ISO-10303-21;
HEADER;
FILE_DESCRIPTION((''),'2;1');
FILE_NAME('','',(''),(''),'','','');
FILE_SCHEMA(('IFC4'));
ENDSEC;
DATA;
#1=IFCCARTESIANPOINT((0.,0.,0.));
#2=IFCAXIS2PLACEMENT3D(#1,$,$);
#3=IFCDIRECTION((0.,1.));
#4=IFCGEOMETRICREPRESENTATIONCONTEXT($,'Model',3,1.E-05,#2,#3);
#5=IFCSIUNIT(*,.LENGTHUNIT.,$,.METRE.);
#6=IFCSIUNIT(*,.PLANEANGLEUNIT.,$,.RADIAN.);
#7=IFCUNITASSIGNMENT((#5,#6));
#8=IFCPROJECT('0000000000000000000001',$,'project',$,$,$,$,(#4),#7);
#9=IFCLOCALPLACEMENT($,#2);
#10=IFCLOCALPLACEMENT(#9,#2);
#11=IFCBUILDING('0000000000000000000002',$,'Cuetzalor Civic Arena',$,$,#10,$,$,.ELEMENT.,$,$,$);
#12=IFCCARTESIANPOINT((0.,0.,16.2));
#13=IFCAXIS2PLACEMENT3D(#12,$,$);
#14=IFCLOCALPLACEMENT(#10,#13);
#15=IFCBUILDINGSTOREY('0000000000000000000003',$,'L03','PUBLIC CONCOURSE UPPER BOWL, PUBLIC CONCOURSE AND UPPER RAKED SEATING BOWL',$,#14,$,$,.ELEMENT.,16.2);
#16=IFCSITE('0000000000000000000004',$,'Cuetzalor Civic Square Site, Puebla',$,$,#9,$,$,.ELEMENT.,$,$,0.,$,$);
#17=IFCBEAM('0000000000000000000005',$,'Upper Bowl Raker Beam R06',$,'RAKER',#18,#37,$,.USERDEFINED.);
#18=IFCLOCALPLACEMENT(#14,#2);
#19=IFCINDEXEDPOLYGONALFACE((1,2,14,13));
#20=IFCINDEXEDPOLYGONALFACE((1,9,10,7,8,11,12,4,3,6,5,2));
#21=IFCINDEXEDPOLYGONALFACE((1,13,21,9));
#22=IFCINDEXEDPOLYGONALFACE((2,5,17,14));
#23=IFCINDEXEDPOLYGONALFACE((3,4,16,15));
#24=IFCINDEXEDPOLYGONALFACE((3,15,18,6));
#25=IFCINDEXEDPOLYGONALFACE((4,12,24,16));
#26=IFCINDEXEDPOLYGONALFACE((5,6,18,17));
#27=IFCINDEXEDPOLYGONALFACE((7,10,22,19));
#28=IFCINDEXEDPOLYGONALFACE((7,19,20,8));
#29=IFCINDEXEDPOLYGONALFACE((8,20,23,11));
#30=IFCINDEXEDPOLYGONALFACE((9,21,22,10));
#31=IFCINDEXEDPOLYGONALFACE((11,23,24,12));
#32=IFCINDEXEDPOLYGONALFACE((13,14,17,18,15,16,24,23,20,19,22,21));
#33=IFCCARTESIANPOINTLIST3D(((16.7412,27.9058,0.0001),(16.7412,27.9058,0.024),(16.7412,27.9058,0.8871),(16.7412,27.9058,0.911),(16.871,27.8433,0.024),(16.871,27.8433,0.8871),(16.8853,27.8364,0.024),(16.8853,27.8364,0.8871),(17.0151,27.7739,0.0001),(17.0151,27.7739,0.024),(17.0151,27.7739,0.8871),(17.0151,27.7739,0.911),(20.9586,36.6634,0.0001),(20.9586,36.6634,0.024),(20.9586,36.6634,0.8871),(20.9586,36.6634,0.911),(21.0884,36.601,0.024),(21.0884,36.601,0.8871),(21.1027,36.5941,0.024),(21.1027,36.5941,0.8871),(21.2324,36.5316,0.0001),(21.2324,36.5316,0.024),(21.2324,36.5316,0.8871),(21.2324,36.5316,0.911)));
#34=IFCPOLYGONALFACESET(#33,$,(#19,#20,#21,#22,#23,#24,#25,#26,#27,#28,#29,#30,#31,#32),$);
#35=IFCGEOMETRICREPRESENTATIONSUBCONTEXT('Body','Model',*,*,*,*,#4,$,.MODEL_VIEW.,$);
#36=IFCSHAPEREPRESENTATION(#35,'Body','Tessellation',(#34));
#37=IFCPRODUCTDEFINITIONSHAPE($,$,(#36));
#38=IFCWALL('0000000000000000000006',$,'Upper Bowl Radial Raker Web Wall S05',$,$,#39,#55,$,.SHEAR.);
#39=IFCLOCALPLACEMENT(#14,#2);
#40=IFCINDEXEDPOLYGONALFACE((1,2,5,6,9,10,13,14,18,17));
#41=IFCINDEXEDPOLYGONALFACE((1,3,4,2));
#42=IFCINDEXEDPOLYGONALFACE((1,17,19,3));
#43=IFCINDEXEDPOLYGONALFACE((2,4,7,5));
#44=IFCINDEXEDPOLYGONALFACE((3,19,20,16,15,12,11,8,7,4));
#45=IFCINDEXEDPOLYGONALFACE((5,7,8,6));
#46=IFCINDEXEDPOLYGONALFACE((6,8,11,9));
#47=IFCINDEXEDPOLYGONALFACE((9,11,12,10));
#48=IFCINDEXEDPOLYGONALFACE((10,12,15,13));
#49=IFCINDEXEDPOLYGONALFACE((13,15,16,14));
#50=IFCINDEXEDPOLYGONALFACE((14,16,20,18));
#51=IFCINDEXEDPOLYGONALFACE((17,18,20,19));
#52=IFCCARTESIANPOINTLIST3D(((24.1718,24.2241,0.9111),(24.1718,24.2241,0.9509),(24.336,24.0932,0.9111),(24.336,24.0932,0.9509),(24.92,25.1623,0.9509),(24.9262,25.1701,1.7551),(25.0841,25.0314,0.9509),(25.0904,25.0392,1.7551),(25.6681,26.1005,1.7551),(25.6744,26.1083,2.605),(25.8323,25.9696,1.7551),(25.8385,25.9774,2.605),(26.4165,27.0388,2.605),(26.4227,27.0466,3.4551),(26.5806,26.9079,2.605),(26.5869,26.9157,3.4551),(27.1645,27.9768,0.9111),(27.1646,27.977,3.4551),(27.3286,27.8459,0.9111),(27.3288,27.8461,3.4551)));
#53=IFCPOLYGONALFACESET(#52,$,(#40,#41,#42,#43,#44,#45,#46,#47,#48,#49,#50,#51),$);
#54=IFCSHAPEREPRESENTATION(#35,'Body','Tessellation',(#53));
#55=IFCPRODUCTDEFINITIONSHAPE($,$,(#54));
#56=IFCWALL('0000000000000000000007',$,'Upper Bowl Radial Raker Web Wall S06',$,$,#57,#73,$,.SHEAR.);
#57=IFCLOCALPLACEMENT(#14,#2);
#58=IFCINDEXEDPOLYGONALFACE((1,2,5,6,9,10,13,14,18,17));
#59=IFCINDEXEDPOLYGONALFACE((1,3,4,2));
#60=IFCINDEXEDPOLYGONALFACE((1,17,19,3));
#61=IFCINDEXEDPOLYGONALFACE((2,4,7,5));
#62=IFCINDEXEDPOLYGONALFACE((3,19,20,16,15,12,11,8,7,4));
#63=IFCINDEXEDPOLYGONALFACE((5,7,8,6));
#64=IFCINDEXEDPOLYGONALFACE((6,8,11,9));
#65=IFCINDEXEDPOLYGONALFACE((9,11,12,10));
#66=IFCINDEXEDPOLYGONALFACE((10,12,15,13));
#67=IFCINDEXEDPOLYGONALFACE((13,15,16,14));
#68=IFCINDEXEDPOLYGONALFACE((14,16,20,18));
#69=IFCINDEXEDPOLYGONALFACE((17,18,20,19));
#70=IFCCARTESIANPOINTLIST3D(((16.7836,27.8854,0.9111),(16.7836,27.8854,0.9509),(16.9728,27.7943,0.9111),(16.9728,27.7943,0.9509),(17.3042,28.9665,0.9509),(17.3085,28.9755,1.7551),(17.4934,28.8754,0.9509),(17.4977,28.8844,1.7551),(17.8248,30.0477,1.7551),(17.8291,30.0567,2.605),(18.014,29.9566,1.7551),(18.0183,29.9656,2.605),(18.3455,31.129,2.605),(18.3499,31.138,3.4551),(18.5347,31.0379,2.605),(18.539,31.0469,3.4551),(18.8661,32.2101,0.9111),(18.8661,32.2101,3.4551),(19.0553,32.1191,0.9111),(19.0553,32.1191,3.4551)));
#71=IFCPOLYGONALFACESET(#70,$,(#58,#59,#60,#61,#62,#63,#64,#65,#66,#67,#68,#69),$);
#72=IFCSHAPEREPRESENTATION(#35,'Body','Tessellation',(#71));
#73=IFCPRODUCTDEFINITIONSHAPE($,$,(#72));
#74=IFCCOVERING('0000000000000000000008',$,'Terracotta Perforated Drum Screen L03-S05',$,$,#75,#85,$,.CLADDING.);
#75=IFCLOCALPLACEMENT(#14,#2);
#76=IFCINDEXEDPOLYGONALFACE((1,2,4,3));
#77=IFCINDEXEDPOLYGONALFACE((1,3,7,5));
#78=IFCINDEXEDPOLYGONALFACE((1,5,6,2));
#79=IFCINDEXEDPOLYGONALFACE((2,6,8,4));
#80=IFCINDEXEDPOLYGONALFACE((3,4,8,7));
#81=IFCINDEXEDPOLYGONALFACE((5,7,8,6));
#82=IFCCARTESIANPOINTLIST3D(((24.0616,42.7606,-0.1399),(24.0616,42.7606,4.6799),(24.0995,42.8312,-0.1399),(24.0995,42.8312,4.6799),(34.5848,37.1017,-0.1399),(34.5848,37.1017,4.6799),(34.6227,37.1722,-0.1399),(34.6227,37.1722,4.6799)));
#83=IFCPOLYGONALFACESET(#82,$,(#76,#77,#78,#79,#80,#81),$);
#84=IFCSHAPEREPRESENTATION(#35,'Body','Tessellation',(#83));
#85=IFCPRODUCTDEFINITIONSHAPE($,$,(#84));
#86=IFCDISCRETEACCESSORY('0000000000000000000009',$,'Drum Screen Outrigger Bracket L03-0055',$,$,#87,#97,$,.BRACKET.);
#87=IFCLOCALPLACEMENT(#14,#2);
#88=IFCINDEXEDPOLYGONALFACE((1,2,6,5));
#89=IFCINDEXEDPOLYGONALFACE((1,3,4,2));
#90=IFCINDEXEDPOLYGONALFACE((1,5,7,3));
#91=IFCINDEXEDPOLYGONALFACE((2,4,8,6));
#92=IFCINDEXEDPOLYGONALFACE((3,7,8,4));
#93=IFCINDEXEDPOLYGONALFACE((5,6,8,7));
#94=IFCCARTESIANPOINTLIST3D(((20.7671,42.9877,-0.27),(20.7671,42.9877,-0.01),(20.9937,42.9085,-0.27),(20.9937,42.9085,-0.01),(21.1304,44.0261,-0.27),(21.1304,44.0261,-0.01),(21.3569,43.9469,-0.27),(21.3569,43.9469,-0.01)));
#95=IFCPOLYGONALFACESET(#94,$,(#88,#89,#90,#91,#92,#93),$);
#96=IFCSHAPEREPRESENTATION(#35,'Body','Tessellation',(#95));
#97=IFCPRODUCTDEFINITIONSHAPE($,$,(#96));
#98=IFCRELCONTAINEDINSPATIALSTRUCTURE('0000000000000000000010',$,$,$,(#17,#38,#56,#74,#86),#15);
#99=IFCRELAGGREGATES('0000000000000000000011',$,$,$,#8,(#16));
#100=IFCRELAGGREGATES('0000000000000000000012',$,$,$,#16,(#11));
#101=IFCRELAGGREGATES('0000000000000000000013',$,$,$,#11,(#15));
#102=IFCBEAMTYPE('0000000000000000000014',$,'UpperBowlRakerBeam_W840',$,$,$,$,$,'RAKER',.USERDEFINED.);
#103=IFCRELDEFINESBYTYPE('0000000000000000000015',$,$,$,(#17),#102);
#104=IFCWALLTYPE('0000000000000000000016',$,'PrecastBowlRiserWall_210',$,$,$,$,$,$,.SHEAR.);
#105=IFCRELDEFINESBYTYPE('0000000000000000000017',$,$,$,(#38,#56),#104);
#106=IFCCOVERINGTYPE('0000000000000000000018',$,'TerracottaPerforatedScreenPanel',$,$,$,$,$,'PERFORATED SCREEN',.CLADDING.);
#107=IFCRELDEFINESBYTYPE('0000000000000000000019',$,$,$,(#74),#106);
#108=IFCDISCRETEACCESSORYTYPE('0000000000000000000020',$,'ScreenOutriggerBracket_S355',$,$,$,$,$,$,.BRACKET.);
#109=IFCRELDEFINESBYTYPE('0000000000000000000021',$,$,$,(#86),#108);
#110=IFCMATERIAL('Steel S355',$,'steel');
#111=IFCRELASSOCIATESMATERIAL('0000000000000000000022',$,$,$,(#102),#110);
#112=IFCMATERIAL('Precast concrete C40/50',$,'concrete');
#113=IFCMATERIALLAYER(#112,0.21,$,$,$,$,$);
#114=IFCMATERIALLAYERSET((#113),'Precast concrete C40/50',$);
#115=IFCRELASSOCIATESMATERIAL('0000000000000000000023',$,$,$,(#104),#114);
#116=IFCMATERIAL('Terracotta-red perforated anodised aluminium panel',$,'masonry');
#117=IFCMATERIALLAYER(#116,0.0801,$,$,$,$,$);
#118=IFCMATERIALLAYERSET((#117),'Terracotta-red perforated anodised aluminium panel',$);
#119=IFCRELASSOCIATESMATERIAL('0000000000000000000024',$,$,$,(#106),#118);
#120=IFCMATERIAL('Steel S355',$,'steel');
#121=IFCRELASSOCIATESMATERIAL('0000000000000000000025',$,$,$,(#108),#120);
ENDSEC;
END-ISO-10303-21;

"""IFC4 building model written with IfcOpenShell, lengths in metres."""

from ifc_helpers import new_model, si_unit, direction, frame, frame_2d, origin, origin_2d, place, context, subcontext, project, spatial, polyline, rectangle, i_section, outline, extrude, material, layer, layer_set, material_profile, profile_set, type_object, element, save


model = new_model("IFC4")

# Units and contexts
model_context = context("Model", 3, precision=1e-05, world=origin(), true_north=direction((0.0, 1.0)))
body_context = subcontext(model_context, "Body", "Model", "MODEL_VIEW")
ifc_project = project(units=[si_unit("LENGTHUNIT", "METRE"), si_unit("PLANEANGLEUNIT", "RADIAN")], contexts=[model_context])

# Site, building, storey
site_placement = place(None, origin())
site = spatial("IfcSite", under=ifc_project, at=site_placement, Name="Cuetzalor Civic Square Site, Puebla", CompositionType="ELEMENT", RefElevation=0.0)
building_placement = place(site_placement, origin())
building = spatial("IfcBuilding", under=site, at=building_placement, Name="Cuetzalor Civic Arena", CompositionType="ELEMENT")
storey_placement = place(building_placement, frame((0.0, 0.0, 16.2)))
storey = spatial("IfcBuildingStorey", under=building, at=storey_placement, Name="L03", Description="PUBLIC CONCOURSE UPPER BOWL, PUBLIC CONCOURSE AND UPPER RAKED SEATING BOWL", CompositionType="ELEMENT", Elevation=16.2)

# Beam
ifc_material_1 = material(Name="Steel S355", Category="steel")
ifc_material_profile_1 = material_profile(ifc_material_1, i_section(OverallWidth=0.304, OverallDepth=0.9109, WebThickness=0.0159, FlangeThickness=0.0239, at=origin_2d()), Name="W920x223")
ifc_profile_set_1 = profile_set([ifc_material_profile_1], Name="Steel S355")
beam_type_1 = type_object("IfcBeamType", Name="UpperBowlRakerBeam_W840", ElementType="RAKER", PredefinedType="USERDEFINED", material=ifc_profile_set_1)
beam_1_placement = place(storey_placement, frame((16.8782, 27.8398, 0.4556), z_axis=(0.433872, 0.900974, 0.0), x_axis=(-0.900974, 0.433872, 0.0)))
element("IfcBeam", 1, at=beam_1_placement, inside=storey, type_object=beam_type_1, Name="Upper Bowl Raker Beam R06", ObjectType="RAKER", PredefinedType="USERDEFINED", context=body_context, shape_type="SweptSolid", body=[
    extrude(i_section(OverallWidth=0.304, OverallDepth=0.9109, WebThickness=0.0159, FlangeThickness=0.0239, at=origin_2d()), origin(), (0.0, 0.0, 1.0), 9.7202),
])

# Walls
ifc_material_2 = material(Name="Precast concrete C40/50", Category="concrete")
ifc_layer_1 = layer(ifc_material_2, 0.21)
ifc_layer_set_1 = layer_set([ifc_layer_1], Name="Precast concrete C40/50")
wall_type = type_object("IfcWallType", Name="PrecastBowlRiserWall_210", PredefinedType="SHEAR", material=ifc_layer_set_1)
wall_1_placement = place(storey_placement, frame((24.2539, 24.1587, 0.9111), z_axis=(0.0, 0.0, 1.0), x_axis=(0.623491, 0.781831, 0.0)))
element("IfcWall", 2, at=wall_1_placement, inside=storey, type_object=wall_type, Name="Upper Bowl Radial Raker Web Wall S05", PredefinedType="SHEAR", context=body_context, shape_type="SweptSolid", body=[
    extrude(outline(polyline([(0.0, 0.0), (4.7998, 0.0), (4.8, 2.5439), (3.6101, 2.5439), (3.6001, 1.6938), (2.4099, 1.6938), (2.3999, 0.844), (1.21, 0.844), (1.2, 0.0398), (0.0, 0.0398), (0.0, 0.0)])), frame((0.0, 0.105, 0.0), z_axis=(0.0, -1.0, 0.0), x_axis=(1.0, 0.0, 0.0)), (0.0, 0.0, 1.0), 0.21),
])
wall_2_placement = place(storey_placement, frame((16.8782, 27.8398, 0.9111), z_axis=(0.0, 0.0, 1.0), x_axis=(0.433858, 0.900981, 0.0)))
element("IfcWall", 3, at=wall_2_placement, inside=storey, type_object=wall_type, Name="Upper Bowl Radial Raker Web Wall S06", PredefinedType="SHEAR", context=body_context, shape_type="SweptSolid", body=[
    extrude(outline(polyline([(0.0, 0.0), (4.8, 0.0), (4.8, 2.5439), (3.6101, 2.5439), (3.6001, 1.6938), (2.4099, 1.6938), (2.3999, 0.844), (1.21, 0.844), (1.2, 0.0398), (0.0, 0.0398), (0.0, 0.0)])), frame((0.0, 0.105, 0.0), z_axis=(0.0, -1.0, 0.0), x_axis=(1.0, 0.0, 0.0)), (0.0, 0.0, 1.0), 0.21),
])

# Covering
ifc_material_3 = material(Name="Terracotta-red perforated anodised aluminium panel", Category="masonry")
ifc_layer_2 = layer(ifc_material_3, 0.0801)
ifc_layer_set_2 = layer_set([ifc_layer_2], Name="Terracotta-red perforated anodised aluminium panel")
covering_type = type_object("IfcCoveringType", Name="TerracottaPerforatedScreenPanel", ElementType="PERFORATED SCREEN", PredefinedType="CLADDING", material=ifc_layer_set_2)
covering_placement = place(storey_placement, frame((24.0806, 42.7959, -0.1399), z_axis=(0.0, 0.0, 1.0), x_axis=(0.880729, -0.47362, 0.0)))
element("IfcCovering", 4, at=covering_placement, inside=storey, type_object=covering_type, Name="Terracotta Perforated Drum Screen L03-S05", PredefinedType="CLADDING", context=body_context, shape_type="SweptSolid", body=[
    extrude(rectangle(XDim=11.9482, YDim=0.0801, at=frame_2d((5.9741, 0.0))), origin(), (0.0, 0.0, 1.0), 4.8198),
])

# Discrete accessory
ifc_material_4 = material(Name="Steel S355", Category="steel")
discrete_accessory_type = type_object("IfcDiscreteAccessoryType", Name="ScreenOutriggerBracket_S355", PredefinedType="BRACKET", material=ifc_material_4)
discrete_accessory_placement = place(storey_placement, frame((21.062, 43.4673, -0.27), z_axis=(0.0, 0.0, 1.0), x_axis=(0.330185, 0.943916, 0.0)))
element("IfcDiscreteAccessory", 5, at=discrete_accessory_placement, inside=storey, type_object=discrete_accessory_type, Name="Drum Screen Outrigger Bracket L03-0055", PredefinedType="BRACKET", context=body_context, shape_type="SweptSolid", body=[
    extrude(rectangle(XDim=1.1001, YDim=0.24, at=origin_2d()), origin(), (0.0, 0.0, 1.0), 0.26),
])

save(model, "model.ifc")
